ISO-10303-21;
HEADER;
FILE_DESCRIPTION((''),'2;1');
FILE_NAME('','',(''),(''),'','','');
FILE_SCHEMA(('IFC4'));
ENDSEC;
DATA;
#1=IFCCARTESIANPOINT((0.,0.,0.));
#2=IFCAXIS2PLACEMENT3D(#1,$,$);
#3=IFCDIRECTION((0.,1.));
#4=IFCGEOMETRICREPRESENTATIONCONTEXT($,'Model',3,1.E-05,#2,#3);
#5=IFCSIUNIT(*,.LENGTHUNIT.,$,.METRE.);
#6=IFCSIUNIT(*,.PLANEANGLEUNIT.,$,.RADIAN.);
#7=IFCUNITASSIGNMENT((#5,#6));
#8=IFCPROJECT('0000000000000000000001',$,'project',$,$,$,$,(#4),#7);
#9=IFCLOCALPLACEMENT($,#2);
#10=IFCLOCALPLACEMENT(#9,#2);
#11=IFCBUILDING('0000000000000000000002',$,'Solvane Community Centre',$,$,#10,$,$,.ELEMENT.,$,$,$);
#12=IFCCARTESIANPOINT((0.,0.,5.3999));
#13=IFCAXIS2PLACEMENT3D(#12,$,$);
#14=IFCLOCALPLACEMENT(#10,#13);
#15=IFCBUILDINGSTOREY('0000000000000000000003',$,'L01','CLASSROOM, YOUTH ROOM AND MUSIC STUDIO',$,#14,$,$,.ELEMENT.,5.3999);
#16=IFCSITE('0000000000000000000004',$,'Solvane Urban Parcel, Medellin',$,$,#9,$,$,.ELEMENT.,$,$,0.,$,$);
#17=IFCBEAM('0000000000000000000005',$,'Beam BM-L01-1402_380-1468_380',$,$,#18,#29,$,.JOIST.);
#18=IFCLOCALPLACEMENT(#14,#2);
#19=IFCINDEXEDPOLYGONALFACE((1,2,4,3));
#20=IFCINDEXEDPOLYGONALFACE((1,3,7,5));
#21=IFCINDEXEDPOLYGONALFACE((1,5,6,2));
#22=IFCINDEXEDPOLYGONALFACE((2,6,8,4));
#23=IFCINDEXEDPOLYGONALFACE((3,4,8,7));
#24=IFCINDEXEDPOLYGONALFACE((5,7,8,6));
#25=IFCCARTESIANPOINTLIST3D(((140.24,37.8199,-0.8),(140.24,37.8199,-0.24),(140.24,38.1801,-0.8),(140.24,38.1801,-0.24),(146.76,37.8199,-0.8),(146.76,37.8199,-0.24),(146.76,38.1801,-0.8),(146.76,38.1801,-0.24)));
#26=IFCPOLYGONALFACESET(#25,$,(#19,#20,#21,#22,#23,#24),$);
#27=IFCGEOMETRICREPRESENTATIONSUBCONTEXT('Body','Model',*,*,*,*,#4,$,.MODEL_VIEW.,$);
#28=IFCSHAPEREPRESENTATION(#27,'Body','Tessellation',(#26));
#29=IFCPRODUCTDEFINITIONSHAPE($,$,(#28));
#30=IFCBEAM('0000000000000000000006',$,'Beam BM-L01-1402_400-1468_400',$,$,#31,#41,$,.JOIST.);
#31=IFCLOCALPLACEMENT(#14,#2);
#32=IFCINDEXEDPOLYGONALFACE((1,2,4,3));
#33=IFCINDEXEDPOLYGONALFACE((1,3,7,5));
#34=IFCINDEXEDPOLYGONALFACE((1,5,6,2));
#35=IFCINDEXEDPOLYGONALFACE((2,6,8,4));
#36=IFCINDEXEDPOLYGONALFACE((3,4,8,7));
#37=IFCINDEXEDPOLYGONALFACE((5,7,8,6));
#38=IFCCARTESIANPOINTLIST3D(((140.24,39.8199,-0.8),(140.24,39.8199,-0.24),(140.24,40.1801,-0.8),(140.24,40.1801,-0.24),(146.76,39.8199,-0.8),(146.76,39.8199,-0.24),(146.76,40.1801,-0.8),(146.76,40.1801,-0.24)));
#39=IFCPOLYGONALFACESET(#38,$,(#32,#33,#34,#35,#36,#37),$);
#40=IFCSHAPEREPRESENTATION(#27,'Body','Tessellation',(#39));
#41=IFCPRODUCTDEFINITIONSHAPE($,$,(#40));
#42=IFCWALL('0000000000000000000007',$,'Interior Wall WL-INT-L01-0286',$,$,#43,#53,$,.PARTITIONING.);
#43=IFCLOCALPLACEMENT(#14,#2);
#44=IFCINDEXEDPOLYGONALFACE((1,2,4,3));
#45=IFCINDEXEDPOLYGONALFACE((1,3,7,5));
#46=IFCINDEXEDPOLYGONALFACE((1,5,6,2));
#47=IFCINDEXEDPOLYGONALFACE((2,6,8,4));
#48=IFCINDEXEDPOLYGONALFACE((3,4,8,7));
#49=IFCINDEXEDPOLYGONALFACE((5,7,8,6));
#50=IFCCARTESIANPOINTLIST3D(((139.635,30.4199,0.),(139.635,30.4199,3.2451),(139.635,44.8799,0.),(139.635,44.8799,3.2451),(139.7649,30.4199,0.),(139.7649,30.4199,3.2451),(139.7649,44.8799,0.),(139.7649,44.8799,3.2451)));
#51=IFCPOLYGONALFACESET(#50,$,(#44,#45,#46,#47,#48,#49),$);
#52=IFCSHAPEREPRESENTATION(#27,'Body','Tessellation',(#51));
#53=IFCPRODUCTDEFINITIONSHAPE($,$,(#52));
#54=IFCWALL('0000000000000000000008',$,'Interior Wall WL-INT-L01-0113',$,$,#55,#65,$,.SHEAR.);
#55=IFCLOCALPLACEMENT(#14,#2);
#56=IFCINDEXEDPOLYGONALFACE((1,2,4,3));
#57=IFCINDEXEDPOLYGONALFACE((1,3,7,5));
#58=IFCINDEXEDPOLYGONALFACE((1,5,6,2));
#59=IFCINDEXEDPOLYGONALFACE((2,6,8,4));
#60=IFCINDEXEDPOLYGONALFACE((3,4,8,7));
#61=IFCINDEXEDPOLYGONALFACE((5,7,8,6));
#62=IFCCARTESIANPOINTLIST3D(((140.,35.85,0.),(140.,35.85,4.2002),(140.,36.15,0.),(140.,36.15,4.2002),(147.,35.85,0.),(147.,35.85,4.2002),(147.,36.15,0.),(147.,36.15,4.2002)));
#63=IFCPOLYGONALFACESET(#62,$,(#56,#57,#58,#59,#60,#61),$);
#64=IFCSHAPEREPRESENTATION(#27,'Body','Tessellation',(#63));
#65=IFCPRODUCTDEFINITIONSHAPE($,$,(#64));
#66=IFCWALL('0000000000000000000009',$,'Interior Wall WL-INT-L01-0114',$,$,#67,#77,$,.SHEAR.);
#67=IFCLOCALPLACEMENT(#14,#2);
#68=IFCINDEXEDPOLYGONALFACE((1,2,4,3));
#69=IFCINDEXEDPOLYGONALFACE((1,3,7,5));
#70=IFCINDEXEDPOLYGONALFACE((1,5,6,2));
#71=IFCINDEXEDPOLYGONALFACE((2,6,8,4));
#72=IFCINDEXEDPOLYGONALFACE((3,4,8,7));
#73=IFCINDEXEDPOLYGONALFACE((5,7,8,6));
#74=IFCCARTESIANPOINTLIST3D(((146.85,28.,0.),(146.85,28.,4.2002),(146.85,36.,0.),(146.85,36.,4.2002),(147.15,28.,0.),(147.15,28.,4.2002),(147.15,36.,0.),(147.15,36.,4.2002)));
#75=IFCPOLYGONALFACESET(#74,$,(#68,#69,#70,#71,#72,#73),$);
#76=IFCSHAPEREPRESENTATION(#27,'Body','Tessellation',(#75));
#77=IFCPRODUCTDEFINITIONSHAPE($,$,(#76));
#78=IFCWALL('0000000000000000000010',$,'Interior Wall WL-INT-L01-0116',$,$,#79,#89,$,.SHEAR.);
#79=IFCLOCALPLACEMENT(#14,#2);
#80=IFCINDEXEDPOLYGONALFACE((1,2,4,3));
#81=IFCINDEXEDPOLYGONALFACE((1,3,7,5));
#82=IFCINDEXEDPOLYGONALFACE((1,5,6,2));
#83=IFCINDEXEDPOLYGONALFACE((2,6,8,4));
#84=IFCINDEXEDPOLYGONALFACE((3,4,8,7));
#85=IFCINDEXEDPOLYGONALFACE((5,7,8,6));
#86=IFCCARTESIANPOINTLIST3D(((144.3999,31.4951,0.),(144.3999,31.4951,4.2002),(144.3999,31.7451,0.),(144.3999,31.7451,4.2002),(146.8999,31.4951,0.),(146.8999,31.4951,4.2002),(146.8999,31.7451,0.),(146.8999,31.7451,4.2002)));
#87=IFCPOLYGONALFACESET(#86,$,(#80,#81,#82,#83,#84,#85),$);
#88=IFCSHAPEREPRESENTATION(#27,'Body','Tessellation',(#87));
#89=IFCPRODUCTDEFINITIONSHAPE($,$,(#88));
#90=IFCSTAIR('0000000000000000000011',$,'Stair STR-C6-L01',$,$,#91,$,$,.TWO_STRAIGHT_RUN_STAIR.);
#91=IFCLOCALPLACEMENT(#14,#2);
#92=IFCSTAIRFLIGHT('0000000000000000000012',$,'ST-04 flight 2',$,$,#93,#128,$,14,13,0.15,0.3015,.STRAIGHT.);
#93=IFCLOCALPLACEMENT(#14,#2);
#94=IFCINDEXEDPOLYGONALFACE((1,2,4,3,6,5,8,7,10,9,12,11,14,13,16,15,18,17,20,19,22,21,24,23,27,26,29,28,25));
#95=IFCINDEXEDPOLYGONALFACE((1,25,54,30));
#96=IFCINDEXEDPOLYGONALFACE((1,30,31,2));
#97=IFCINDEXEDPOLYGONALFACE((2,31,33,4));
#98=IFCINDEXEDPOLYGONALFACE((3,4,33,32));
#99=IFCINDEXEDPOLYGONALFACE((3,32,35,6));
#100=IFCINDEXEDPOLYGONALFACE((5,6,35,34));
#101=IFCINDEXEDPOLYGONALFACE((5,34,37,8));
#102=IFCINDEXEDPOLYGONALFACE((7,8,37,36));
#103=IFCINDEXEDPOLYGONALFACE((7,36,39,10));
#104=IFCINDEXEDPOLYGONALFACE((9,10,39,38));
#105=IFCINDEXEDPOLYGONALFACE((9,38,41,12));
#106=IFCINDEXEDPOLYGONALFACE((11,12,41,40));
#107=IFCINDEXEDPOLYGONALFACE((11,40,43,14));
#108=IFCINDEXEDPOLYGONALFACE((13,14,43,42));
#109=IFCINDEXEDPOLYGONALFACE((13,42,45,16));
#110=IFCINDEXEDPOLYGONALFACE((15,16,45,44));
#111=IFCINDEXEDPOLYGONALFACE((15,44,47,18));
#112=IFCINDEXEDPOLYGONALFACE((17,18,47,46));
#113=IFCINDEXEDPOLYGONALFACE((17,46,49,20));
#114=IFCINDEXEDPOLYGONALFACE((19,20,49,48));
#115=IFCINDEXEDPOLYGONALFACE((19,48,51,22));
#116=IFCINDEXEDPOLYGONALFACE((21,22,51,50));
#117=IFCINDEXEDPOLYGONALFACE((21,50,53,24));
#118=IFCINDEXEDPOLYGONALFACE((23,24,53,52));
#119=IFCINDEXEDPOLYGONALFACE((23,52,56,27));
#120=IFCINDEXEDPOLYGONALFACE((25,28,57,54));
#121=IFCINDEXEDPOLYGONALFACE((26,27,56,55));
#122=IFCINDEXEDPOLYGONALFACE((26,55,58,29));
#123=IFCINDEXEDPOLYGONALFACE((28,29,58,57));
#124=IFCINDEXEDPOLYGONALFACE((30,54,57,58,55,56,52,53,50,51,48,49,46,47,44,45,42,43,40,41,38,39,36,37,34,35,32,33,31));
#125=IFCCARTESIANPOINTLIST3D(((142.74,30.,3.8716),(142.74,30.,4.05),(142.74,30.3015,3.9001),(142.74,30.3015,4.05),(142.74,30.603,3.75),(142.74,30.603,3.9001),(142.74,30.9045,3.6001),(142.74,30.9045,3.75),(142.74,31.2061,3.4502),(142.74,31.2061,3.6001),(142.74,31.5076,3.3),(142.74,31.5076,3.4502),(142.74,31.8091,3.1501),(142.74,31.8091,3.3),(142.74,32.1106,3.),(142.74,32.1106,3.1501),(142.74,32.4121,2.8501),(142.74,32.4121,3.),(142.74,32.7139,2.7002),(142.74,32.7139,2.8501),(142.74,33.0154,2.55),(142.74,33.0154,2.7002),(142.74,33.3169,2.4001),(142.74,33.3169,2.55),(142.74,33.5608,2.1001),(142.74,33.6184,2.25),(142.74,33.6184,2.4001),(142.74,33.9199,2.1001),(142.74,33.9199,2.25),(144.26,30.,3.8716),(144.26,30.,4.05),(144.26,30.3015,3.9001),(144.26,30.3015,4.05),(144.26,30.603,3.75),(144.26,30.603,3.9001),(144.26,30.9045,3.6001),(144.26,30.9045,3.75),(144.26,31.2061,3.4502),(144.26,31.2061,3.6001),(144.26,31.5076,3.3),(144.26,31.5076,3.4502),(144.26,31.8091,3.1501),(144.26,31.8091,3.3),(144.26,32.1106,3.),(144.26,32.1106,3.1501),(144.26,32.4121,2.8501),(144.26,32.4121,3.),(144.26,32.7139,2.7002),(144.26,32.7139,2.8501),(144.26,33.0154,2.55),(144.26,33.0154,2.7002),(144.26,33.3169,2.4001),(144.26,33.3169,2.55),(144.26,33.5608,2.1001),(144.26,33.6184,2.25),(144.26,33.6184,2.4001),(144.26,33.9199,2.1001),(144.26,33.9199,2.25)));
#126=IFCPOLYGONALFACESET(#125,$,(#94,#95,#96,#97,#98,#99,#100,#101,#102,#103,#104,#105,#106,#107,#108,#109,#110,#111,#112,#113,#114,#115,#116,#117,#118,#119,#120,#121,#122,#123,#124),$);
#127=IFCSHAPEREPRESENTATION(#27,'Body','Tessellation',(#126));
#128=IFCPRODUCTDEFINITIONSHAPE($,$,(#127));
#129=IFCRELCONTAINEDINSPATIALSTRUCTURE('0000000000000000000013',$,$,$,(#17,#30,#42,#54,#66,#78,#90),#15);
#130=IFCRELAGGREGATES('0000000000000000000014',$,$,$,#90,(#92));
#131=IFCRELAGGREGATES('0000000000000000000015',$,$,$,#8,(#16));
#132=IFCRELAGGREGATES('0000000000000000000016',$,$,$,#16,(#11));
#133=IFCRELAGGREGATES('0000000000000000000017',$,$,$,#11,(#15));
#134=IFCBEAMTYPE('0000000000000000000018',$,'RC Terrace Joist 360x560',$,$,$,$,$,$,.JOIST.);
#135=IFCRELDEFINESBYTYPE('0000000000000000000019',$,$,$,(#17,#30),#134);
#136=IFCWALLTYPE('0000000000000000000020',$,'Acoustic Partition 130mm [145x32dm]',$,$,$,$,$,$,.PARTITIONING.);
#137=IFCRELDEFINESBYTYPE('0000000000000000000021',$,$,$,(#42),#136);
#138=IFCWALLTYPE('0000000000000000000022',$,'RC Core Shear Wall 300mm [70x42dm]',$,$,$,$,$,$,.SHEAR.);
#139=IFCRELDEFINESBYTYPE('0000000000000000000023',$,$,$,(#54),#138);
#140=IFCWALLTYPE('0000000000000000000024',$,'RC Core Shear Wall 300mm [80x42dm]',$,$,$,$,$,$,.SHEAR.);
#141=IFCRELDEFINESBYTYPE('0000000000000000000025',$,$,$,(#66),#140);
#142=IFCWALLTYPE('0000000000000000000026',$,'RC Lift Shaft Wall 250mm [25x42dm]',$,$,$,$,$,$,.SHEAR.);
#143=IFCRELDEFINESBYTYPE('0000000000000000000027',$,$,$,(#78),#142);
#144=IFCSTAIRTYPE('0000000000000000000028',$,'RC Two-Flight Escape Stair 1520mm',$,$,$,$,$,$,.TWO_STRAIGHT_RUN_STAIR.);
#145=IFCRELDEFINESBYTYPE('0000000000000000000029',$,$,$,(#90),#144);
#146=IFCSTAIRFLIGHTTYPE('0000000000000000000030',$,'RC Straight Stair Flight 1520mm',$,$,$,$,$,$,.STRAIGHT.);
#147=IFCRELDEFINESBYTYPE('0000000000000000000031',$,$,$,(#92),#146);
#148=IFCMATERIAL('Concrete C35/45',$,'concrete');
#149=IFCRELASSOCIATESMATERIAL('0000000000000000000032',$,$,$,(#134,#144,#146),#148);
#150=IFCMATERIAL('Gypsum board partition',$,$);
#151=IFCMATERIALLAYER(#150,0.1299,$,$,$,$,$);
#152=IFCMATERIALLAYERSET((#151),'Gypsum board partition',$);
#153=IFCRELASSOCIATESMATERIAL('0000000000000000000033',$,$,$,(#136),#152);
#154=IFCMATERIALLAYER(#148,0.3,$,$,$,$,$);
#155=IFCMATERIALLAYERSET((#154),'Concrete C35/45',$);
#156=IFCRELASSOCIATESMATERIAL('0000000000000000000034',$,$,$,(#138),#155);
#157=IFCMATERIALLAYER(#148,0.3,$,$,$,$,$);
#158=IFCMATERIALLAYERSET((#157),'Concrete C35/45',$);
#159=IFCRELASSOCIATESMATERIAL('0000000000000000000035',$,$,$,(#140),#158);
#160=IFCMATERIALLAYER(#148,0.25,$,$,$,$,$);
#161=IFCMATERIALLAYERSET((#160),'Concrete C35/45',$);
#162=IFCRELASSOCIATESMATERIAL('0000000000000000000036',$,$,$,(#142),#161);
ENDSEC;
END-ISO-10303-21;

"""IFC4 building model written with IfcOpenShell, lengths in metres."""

from ifc_helpers import new_model, si_unit, direction, frame, frame_2d, origin, origin_2d, place, context, subcontext, project, spatial, polyline, rectangle, outline, extrude, material, layer, layer_set, material_profile, profile_set, type_object, element, aggregate, save


model = new_model("IFC4")

# Units and contexts
model_context = context("Model", 3, precision=1e-05, world=origin(), true_north=direction((0.0, 1.0)))
body_context = subcontext(model_context, "Body", "Model", "MODEL_VIEW")
ifc_project = project(units=[si_unit("LENGTHUNIT", "METRE"), si_unit("PLANEANGLEUNIT", "RADIAN")], contexts=[model_context])

# Site, building, storey
site_placement = place(None, origin())
site = spatial("IfcSite", under=ifc_project, at=site_placement, Name="Solvane Urban Parcel, Medellin", CompositionType="ELEMENT", RefElevation=0.0)
building_placement = place(site_placement, origin())
building = spatial("IfcBuilding", under=site, at=building_placement, Name="Solvane Community Centre", CompositionType="ELEMENT")
storey_placement = place(building_placement, frame((0.0, 0.0, 5.3999)))
storey = spatial("IfcBuildingStorey", under=building, at=storey_placement, Name="L01", Description="CLASSROOM, YOUTH ROOM AND MUSIC STUDIO", CompositionType="ELEMENT", Elevation=5.3999)

# Shared definitions
ifc_material_1 = material(Name="Concrete C35/45", Category="concrete")

# Beams
ifc_material_profile_1 = material_profile(ifc_material_1, rectangle(XDim=0.3601, YDim=0.5601, at=origin_2d()), Name="RC 360x560")
ifc_profile_set_1 = profile_set([ifc_material_profile_1], Name="Concrete C35/45")
beam_type_1 = type_object("IfcBeamType", Name="RC Terrace Joist 360x560", PredefinedType="JOIST", material=ifc_profile_set_1)
for number, where, z_axis, x_axis, name in (
    (1, (140.24, 38.0, -0.52), (1.0, 0.0, 0.0), (0.0, 1.0, 0.0), "Beam BM-L01-1402_380-1468_380"),
    (2, (140.24, 40.0, -0.52), (1.0, 0.0, 0.0), (0.0, 1.0, 0.0), "Beam BM-L01-1402_400-1468_400"),
):
    element("IfcBeam", number, at=place(storey_placement, frame(where, z_axis=z_axis, x_axis=x_axis)), inside=storey, type_object=beam_type_1, Name=name, PredefinedType="JOIST", context=body_context, shape_type="SweptSolid", body=[
        extrude(rectangle(XDim=0.3601, YDim=0.5601, at=origin_2d()), origin(), (0.0, 0.0, 1.0), 6.52),
    ])

# Walls
ifc_material_2 = material(Name="Gypsum board partition")
ifc_layer_1 = layer(ifc_material_2, 0.1299)
ifc_layer_set_1 = layer_set([ifc_layer_1], Name="Gypsum board partition")
wall_type_1 = type_object("IfcWallType", Name="Acoustic Partition 130mm [145x32dm]", PredefinedType="PARTITIONING", material=ifc_layer_set_1)
wall_1_placement = place(storey_placement, frame((139.7, 30.4199, 0.0), z_axis=(0.0, 0.0, 1.0), x_axis=(0.0, 1.0, 0.0)))
element("IfcWall", 3, at=wall_1_placement, inside=storey, type_object=wall_type_1, Name="Interior Wall WL-INT-L01-0286", PredefinedType="PARTITIONING", context=body_context, shape_type="SweptSolid", body=[
    extrude(rectangle(XDim=14.46, YDim=0.1299, at=frame_2d((7.23, 0.0))), origin(), (0.0, 0.0, 1.0), 3.2451),
])
ifc_layer_2 = layer(ifc_material_1, 0.3)
ifc_layer_set_2 = layer_set([ifc_layer_2], Name="Concrete C35/45")
wall_type_2 = type_object("IfcWallType", Name="RC Core Shear Wall 300mm [70x42dm]", PredefinedType="SHEAR", material=ifc_layer_set_2)
wall_2_placement = place(storey_placement, frame((140.0, 36.0, 0.0), z_axis=(0.0, 0.0, 1.0), x_axis=(1.0, 0.0, 0.0)))
element("IfcWall", 4, at=wall_2_placement, inside=storey, type_object=wall_type_2, Name="Interior Wall WL-INT-L01-0113", PredefinedType="SHEAR", context=body_context, shape_type="SweptSolid", body=[
    extrude(rectangle(XDim=7.0, YDim=0.3, at=frame_2d((3.5, 0.0))), origin(), (0.0, 0.0, 1.0), 4.2002),
])
ifc_layer_3 = layer(ifc_material_1, 0.3)
ifc_layer_set_3 = layer_set([ifc_layer_3], Name="Concrete C35/45")
wall_type_3 = type_object("IfcWallType", Name="RC Core Shear Wall 300mm [80x42dm]", PredefinedType="SHEAR", material=ifc_layer_set_3)
wall_3_placement = place(storey_placement, frame((147.0, 36.0, 0.0), z_axis=(0.0, 0.0, 1.0), x_axis=(0.0, -1.0, 0.0)))
element("IfcWall", 5, at=wall_3_placement, inside=storey, type_object=wall_type_3, Name="Interior Wall WL-INT-L01-0114", PredefinedType="SHEAR", context=body_context, shape_type="SweptSolid", body=[
    extrude(rectangle(XDim=8.0, YDim=0.3, at=frame_2d((4.0, 0.0))), origin(), (0.0, 0.0, 1.0), 4.2002),
])
ifc_layer_4 = layer(ifc_material_1, 0.25)
ifc_layer_set_4 = layer_set([ifc_layer_4], Name="Concrete C35/45")
wall_type_4 = type_object("IfcWallType", Name="RC Lift Shaft Wall 250mm [25x42dm]", PredefinedType="SHEAR", material=ifc_layer_set_4)
wall_4_placement = place(storey_placement, frame((144.3999, 31.6201, 0.0), z_axis=(0.0, 0.0, 1.0), x_axis=(1.0, 0.0, 0.0)))
element("IfcWall", 6, at=wall_4_placement, inside=storey, type_object=wall_type_4, Name="Interior Wall WL-INT-L01-0116", PredefinedType="SHEAR", context=body_context, shape_type="SweptSolid", body=[
    extrude(rectangle(XDim=2.5, YDim=0.25, at=frame_2d((1.25, 0.0))), origin(), (0.0, 0.0, 1.0), 4.2002),
])

# Stair, stair flight
stair_type = type_object("IfcStairType", Name="RC Two-Flight Escape Stair 1520mm", PredefinedType="TWO_STRAIGHT_RUN_STAIR", material=ifc_material_1)
stair_placement = place(storey_placement, origin())
stair = element("IfcStair", 7, at=stair_placement, inside=storey, type_object=stair_type, Name="Stair STR-C6-L01", PredefinedType="TWO_STRAIGHT_RUN_STAIR")
stair_flight_type = type_object("IfcStairFlightType", Name="RC Straight Stair Flight 1520mm", PredefinedType="STRAIGHT", material=ifc_material_1)
stair_flight_placement = place(storey_placement, frame((143.5, 33.9199, 2.1001), z_axis=(0.0, 0.0, 1.0), x_axis=(0.0, -1.0, 0.0)))
stair_flight = element("IfcStairFlight", 8, at=stair_flight_placement, type_object=stair_flight_type, Name="ST-04 flight 2", NumberOfRisers=14, NumberOfTreads=13, PredefinedType="STRAIGHT", RiserHeight=0.15, TreadLength=0.3015, context=body_context, shape_type="SweptSolid", body=[
    extrude(outline(polyline([(0.0, 0.0), (0.0, 0.1499), (0.3015, 0.1499), (0.3015, 0.3), (0.603, 0.3), (0.603, 0.45), (0.9045, 0.45), (0.9045, 0.6001), (1.2061, 0.6001), (1.2061, 0.75), (1.5078, 0.75), (1.5078, 0.8999), (1.8093, 0.8999), (1.8093, 1.05), (2.1108, 1.05), (2.1108, 1.2), (2.4124, 1.2), (2.4124, 1.3501), (2.7139, 1.3501), (2.7139, 1.5), (3.0154, 1.5), (3.0154, 1.6499), (3.3169, 1.6499), (3.3169, 1.8), (3.6184, 1.8), (3.6184, 1.95), (3.9199, 1.95), (3.9199, 2.1001), (3.9199, 1.7715), (0.3591, 0.0), (0.0, 0.0)])), frame((0.0, 0.76, 0.0), z_axis=(0.0, -1.0, 0.0), x_axis=(1.0, 0.0, 0.0)), (0.0, 0.0, 1.0), 1.52),
])
aggregate(stair, [stair_flight])

save(model, "model.ifc")
